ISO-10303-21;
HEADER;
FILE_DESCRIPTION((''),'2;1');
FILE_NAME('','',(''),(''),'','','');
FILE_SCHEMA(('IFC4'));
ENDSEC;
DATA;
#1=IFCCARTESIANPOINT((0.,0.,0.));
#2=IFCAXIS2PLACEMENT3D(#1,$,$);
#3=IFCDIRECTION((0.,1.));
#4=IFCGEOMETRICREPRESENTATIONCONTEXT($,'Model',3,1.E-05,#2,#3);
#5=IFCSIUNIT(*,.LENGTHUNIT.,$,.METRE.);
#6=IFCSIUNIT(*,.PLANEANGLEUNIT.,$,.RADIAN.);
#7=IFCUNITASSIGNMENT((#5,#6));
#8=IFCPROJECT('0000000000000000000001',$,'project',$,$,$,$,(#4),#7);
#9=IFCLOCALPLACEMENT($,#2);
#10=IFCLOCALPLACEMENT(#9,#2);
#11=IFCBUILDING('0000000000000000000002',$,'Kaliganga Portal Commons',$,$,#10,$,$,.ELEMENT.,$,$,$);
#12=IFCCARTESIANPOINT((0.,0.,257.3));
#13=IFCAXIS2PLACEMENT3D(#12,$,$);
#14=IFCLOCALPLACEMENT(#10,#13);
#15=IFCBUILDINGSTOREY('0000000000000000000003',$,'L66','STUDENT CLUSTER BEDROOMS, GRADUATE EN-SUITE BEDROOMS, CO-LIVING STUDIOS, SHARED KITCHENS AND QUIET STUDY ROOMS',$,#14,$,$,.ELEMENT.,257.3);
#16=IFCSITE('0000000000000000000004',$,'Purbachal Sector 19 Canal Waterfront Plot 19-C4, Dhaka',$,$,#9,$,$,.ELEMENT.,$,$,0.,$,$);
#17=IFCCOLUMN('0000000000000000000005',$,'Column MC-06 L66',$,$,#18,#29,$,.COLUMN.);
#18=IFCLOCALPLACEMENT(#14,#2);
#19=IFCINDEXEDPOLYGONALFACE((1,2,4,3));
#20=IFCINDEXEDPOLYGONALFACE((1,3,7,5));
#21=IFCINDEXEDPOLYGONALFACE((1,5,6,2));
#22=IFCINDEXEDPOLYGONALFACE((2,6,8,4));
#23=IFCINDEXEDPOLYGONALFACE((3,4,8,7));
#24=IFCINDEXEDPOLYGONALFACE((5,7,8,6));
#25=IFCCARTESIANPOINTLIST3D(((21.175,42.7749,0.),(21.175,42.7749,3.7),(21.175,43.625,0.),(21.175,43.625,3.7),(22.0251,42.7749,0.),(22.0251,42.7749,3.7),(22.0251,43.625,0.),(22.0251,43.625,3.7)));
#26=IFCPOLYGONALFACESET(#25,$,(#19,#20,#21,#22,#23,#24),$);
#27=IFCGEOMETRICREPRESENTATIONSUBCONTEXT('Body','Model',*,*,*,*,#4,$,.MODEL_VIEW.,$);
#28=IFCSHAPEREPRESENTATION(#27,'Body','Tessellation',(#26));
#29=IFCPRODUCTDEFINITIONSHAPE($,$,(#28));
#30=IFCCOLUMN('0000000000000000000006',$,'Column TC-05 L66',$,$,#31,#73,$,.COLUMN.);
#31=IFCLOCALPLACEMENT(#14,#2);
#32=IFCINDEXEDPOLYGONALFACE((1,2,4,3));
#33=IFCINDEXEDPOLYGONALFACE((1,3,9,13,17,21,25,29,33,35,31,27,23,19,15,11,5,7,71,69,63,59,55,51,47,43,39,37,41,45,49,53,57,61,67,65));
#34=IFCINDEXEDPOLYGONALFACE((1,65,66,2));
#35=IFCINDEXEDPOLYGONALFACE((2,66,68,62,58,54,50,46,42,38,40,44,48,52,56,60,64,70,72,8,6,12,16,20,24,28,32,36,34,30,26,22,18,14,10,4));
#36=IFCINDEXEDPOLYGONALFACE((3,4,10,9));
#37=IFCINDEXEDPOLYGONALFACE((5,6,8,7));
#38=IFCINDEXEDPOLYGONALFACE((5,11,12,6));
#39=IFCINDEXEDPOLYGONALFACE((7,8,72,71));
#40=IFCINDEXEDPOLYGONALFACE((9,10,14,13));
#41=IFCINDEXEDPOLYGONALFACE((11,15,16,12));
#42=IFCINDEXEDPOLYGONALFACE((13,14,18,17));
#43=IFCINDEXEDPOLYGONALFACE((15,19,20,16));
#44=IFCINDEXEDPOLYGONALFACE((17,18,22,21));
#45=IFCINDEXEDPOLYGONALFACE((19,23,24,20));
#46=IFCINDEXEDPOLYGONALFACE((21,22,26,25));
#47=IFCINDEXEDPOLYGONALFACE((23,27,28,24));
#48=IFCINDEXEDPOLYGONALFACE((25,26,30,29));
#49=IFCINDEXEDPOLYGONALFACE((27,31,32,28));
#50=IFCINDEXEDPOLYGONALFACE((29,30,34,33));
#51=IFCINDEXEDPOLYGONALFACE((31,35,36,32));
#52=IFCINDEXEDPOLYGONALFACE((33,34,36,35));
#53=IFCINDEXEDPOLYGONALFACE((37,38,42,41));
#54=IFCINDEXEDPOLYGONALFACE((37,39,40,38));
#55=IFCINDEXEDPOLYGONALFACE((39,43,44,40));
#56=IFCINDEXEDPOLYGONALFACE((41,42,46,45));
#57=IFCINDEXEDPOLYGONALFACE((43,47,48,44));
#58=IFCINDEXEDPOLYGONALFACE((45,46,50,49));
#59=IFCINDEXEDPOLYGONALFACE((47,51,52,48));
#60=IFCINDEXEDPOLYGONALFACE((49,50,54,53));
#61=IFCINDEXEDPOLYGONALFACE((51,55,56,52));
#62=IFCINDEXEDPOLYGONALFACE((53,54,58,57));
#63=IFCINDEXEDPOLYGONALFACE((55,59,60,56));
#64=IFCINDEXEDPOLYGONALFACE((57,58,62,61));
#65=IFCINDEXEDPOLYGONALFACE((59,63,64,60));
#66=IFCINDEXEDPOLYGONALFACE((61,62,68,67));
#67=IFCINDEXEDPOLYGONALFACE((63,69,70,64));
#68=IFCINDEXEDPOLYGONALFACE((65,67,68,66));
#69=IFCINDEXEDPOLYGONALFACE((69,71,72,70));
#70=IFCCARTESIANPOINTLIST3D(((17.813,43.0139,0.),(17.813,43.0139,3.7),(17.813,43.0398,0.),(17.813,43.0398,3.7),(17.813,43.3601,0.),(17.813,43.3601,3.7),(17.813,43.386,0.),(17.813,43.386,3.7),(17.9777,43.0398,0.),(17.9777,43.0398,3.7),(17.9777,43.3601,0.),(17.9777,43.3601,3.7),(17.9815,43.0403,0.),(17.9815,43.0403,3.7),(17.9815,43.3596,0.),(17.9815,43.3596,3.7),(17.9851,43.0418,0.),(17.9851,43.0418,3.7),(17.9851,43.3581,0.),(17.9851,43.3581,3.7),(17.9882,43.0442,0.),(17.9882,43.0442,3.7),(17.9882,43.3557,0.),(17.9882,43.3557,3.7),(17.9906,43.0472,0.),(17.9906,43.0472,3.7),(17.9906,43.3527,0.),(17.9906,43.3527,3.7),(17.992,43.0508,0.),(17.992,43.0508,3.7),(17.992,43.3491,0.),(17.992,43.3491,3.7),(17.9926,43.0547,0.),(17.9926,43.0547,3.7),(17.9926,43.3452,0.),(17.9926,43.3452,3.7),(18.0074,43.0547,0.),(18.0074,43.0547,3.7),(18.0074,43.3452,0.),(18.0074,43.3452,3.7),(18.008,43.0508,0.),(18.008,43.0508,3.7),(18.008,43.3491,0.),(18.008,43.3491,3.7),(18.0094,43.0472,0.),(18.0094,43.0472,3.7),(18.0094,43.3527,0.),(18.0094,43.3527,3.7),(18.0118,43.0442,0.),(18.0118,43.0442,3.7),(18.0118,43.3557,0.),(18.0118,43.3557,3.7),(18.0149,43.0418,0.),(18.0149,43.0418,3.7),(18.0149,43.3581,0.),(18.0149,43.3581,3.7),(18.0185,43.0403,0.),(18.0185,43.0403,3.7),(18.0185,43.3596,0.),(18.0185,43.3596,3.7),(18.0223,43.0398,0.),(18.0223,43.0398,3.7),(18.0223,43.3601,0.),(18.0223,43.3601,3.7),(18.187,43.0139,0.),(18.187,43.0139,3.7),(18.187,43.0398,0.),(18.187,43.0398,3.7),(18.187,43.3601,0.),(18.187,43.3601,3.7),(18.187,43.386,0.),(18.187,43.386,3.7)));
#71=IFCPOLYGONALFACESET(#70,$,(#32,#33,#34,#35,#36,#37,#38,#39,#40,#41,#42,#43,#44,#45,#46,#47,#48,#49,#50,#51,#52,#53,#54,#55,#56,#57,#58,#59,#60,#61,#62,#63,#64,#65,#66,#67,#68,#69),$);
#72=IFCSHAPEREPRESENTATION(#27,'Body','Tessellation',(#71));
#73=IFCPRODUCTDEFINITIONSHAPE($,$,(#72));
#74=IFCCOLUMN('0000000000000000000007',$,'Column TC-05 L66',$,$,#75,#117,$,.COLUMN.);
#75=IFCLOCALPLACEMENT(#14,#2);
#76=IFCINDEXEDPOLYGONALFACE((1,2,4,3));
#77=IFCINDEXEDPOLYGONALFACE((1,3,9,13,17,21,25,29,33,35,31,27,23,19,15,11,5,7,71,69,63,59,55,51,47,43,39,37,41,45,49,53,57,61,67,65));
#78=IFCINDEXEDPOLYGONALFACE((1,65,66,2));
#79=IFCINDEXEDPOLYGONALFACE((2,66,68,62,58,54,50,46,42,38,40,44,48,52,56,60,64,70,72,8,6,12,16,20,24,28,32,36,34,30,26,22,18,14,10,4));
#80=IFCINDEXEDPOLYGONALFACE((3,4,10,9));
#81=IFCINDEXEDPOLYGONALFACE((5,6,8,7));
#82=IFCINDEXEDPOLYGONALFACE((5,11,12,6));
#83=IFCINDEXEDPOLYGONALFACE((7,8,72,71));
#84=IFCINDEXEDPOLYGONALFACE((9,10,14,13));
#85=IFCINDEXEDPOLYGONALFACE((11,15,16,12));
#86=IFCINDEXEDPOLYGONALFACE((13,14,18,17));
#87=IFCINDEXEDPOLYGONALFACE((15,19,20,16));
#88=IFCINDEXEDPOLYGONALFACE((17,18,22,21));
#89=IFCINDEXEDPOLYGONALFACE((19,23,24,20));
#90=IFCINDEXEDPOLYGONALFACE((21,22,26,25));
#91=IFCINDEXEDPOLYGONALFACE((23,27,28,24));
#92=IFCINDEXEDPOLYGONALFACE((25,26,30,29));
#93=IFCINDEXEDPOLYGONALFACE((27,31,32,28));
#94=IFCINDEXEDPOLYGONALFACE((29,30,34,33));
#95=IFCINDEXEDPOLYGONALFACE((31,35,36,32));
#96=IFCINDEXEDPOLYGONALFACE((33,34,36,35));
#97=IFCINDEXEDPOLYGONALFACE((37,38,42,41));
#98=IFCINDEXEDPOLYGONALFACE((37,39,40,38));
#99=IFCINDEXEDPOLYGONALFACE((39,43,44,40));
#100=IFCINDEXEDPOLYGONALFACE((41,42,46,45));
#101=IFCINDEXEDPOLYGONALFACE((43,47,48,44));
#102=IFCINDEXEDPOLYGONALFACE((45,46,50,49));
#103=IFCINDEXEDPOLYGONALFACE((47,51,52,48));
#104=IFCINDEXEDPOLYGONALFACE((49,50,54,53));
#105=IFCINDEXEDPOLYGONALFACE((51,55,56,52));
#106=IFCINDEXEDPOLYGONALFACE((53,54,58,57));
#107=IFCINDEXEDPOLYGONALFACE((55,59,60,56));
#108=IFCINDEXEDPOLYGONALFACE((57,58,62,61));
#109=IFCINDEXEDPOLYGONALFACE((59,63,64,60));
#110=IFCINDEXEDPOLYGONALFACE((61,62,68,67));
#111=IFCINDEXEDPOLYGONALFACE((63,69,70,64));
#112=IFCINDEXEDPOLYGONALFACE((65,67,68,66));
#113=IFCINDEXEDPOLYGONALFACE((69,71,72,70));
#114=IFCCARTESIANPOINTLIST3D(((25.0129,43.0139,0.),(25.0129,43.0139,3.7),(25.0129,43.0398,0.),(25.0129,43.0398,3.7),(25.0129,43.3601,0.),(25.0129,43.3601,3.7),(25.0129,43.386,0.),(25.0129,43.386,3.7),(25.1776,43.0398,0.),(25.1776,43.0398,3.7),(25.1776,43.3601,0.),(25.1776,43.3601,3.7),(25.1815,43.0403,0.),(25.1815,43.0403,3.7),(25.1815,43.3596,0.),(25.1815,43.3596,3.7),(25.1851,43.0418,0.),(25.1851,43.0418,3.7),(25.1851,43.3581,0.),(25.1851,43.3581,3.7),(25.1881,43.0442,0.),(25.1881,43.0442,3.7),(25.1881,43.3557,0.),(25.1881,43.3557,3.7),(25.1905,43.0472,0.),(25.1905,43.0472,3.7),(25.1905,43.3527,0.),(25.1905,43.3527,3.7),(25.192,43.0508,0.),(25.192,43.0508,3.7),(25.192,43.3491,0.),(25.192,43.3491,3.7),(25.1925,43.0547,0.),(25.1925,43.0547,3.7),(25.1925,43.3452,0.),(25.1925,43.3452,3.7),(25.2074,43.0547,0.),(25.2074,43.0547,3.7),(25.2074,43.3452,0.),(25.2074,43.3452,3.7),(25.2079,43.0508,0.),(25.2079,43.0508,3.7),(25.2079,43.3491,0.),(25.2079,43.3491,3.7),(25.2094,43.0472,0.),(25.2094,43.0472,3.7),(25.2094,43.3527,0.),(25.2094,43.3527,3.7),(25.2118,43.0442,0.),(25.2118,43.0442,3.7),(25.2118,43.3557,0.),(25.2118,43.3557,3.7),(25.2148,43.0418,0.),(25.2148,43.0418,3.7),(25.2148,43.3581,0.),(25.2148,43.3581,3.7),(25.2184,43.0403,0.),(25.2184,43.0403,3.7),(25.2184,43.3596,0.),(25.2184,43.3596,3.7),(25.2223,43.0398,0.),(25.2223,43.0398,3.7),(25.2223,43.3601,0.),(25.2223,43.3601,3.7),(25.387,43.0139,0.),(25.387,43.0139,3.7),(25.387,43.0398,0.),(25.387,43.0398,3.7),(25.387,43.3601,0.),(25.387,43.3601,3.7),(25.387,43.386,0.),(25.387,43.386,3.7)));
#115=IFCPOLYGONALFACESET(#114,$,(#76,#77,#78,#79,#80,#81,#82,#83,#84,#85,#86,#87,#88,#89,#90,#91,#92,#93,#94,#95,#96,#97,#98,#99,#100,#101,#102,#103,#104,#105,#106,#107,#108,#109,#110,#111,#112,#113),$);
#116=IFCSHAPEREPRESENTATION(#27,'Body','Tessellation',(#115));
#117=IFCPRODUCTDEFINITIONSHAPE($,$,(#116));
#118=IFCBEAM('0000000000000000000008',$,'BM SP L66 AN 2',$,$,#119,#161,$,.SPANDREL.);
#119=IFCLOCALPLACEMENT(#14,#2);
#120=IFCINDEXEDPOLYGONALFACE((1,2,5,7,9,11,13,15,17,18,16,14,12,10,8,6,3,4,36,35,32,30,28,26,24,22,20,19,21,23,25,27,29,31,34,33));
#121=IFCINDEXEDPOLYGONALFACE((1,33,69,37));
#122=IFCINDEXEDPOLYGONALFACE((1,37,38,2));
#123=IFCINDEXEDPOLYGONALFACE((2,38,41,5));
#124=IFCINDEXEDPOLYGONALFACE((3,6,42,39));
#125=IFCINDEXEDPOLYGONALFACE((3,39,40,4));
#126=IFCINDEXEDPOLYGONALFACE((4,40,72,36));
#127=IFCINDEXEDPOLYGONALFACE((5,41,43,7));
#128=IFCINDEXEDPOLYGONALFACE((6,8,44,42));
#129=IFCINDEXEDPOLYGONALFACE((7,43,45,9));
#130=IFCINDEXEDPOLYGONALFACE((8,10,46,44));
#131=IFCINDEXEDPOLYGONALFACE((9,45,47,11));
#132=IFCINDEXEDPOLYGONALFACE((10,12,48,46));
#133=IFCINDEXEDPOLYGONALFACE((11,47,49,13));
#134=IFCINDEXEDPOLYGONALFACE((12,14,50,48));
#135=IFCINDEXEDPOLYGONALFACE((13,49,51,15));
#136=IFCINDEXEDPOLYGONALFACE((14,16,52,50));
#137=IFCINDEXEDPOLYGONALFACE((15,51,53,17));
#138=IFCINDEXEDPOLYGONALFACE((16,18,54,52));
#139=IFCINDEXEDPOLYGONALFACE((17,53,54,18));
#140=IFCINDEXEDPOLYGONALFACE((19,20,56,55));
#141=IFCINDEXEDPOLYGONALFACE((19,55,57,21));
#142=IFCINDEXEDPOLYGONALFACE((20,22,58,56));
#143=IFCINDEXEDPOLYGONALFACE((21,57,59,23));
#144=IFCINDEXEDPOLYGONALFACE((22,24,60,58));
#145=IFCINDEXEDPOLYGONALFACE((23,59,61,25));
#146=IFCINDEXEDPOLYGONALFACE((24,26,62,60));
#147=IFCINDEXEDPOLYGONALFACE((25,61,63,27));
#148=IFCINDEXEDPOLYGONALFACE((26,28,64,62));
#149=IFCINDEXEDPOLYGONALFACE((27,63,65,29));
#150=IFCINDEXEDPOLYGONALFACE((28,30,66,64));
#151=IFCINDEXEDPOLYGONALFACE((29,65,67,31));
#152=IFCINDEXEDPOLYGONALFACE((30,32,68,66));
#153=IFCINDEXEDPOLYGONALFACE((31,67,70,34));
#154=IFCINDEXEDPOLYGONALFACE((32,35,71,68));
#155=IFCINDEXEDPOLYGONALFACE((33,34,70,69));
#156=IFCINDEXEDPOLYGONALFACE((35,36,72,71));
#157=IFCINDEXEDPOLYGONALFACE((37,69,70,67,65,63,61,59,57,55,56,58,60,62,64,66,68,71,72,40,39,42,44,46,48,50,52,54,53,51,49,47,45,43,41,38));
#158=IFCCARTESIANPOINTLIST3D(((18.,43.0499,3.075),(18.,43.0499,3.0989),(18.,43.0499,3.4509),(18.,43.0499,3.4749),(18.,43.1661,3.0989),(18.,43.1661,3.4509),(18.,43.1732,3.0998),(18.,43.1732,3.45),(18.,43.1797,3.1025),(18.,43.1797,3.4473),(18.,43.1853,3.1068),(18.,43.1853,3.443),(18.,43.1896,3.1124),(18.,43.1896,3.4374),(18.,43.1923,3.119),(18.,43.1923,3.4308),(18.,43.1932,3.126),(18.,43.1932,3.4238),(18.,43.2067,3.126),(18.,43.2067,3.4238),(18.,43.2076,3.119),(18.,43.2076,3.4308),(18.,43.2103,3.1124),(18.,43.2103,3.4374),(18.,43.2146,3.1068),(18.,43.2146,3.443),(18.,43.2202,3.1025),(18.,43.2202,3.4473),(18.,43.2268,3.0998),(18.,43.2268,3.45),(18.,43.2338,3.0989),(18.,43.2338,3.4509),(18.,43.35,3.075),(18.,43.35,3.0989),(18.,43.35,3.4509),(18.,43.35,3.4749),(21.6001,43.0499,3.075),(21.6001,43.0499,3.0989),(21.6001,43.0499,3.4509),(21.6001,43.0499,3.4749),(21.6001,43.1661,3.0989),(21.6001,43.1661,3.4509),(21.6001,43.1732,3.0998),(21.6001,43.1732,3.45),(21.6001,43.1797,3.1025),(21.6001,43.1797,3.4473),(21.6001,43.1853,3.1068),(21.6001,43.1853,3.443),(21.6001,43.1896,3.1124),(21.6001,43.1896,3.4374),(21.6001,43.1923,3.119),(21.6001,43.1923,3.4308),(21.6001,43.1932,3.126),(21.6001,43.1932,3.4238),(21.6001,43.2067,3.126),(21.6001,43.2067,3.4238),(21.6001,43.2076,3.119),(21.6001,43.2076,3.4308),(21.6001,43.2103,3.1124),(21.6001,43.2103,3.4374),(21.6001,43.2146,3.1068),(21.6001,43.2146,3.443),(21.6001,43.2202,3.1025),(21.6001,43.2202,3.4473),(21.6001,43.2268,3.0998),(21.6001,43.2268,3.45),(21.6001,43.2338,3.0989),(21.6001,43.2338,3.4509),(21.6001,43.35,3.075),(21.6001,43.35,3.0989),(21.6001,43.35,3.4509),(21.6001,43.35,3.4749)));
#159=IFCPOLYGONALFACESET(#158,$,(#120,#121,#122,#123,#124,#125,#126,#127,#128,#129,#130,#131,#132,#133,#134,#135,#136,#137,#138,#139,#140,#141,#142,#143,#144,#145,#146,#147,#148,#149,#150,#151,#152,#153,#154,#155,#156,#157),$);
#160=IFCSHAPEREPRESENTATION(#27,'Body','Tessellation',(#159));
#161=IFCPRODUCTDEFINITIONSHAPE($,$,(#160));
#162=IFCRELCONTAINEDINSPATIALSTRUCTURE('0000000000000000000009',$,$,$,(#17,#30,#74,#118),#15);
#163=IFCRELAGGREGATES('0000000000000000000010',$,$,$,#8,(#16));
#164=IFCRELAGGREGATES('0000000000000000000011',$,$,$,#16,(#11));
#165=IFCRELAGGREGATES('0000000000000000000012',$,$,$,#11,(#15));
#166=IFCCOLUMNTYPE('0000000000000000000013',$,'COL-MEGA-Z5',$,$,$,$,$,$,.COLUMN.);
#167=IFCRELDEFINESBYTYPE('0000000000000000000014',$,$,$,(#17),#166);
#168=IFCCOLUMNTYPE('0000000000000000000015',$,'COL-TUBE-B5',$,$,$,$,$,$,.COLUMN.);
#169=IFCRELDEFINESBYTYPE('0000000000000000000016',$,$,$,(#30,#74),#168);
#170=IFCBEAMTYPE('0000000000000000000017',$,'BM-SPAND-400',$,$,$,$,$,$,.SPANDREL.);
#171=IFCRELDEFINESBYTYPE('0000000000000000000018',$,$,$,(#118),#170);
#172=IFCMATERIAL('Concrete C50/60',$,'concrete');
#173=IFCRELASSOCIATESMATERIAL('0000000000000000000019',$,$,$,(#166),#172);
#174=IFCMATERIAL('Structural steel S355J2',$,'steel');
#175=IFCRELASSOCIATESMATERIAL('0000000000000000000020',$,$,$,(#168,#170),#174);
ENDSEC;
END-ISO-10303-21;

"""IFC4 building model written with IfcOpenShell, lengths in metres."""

from ifc_helpers import new_model, si_unit, direction, frame, origin, origin_2d, place, context, subcontext, project, spatial, rectangle, i_section, extrude, source, transform, mapped, material, material_profile, profile_set, type_object, element, save


model = new_model("IFC4")

# Units and contexts
model_context = context("Model", 3, precision=1e-05, world=origin(), true_north=direction((0.0, 1.0)))
body_context = subcontext(model_context, "Body", "Model", "MODEL_VIEW")
ifc_project = project(units=[si_unit("LENGTHUNIT", "METRE"), si_unit("PLANEANGLEUNIT", "RADIAN")], contexts=[model_context])

# Site, building, storey
site_placement = place(None, origin())
site = spatial("IfcSite", under=ifc_project, at=site_placement, Name="Purbachal Sector 19 Canal Waterfront Plot 19-C4, Dhaka", CompositionType="ELEMENT", RefElevation=0.0)
building_placement = place(site_placement, origin())
building = spatial("IfcBuilding", under=site, at=building_placement, Name="Kaliganga Portal Commons", CompositionType="ELEMENT")
storey_placement = place(building_placement, frame((0.0, 0.0, 257.3)))
storey = spatial("IfcBuildingStorey", under=building, at=storey_placement, Name="L66", Description="STUDENT CLUSTER BEDROOMS, GRADUATE EN-SUITE BEDROOMS, CO-LIVING STUDIOS, SHARED KITCHENS AND QUIET STUDY ROOMS", CompositionType="ELEMENT", Elevation=257.3)

# Columns
ifc_material_1 = material(Name="Concrete C50/60", Category="concrete")
ifc_material_profile_1 = material_profile(ifc_material_1, rectangle(XDim=0.8501, YDim=0.8501, at=origin_2d()), Name="RC 850x850")
ifc_profile_set_1 = profile_set([ifc_material_profile_1], Name="Concrete C50/60")
column_type_1 = type_object("IfcColumnType", Name="COL-MEGA-Z5", PredefinedType="COLUMN", material=ifc_profile_set_1)
shared_shape_1 = source(origin(), body_context, "Body", "SweptSolid", [
    extrude(rectangle(XDim=0.8501, YDim=0.8501, at=origin_2d()), origin(), (0.0, 0.0, 1.0), 3.7),
])
column_placement = place(storey_placement, frame((21.6001, 43.2, 0.0), z_axis=(0.0, 0.0, 1.0), x_axis=(1.0, 0.0, 0.0)))
element("IfcColumn", 1, at=column_placement, inside=storey, type_object=column_type_1, Name="Column MC-06 L66", PredefinedType="COLUMN", context=body_context, shape_type="MappedRepresentation", body=[
    mapped(shared_shape_1, transform((0.0, 0.0, 0.0), x_axis=(1.0, 0.0, 0.0), y_axis=(0.0, 1.0, 0.0), z_axis=(0.0, 0.0, 1.0), scale=1.0)),
])
ifc_material_2 = material(Name="Structural steel S355J2", Category="steel")
ifc_material_profile_2 = material_profile(ifc_material_2, i_section(OverallWidth=0.374, OverallDepth=0.3721, WebThickness=0.0149, FlangeThickness=0.0259, FilletRadius=0.0149, at=origin_2d()), Name="HD 360x196")
ifc_profile_set_2 = profile_set([ifc_material_profile_2], Name="Structural steel S355J2 wide-flange")
column_type_2 = type_object("IfcColumnType", Name="COL-TUBE-B5", PredefinedType="COLUMN", material=ifc_profile_set_2)
shared_shape_2 = source(origin(), body_context, "Body", "SweptSolid", [
    extrude(i_section(OverallWidth=0.374, OverallDepth=0.3721, WebThickness=0.0149, FlangeThickness=0.0259, FilletRadius=0.0149, at=origin_2d()), origin(), (0.0, 0.0, 1.0), 3.7),
])
for number, where, z_axis, x_axis, name in (
    (2, (18.0, 43.2, 0.0), (0.0, 0.0, 1.0), (1.0, 0.0, 0.0), "Column TC-05 L66"),
    (3, (25.2, 43.2, 0.0), (0.0, 0.0, 1.0), (1.0, 0.0, 0.0), "Column TC-05 L66"),
):
    element("IfcColumn", number, at=place(storey_placement, frame(where, z_axis=z_axis, x_axis=x_axis)), inside=storey, type_object=column_type_2, Name=name, PredefinedType="COLUMN", context=body_context, shape_type="MappedRepresentation", body=[
        mapped(shared_shape_2, transform((0.0, 0.0, 0.0), x_axis=(1.0, 0.0, 0.0), y_axis=(0.0, 1.0, 0.0), z_axis=(0.0, 0.0, 1.0), scale=1.0)),
    ])

# Beam
ifc_material_profile_3 = material_profile(ifc_material_2, i_section(OverallWidth=0.3, OverallDepth=0.3999, WebThickness=0.0134, FlangeThickness=0.0239, FilletRadius=0.0271, at=origin_2d()), Name="HE 400 B")
ifc_profile_set_3 = profile_set([ifc_material_profile_3], Name="Structural steel S355J2 wide-flange")
beam_type_1 = type_object("IfcBeamType", Name="BM-SPAND-400", PredefinedType="SPANDREL", material=ifc_profile_set_3)
shared_shape_3 = source(origin(), body_context, "Body", "SweptSolid", [
    extrude(i_section(OverallWidth=0.3, OverallDepth=0.3999, WebThickness=0.0134, FlangeThickness=0.0239, FilletRadius=0.0271, at=origin_2d()), origin(), (0.0, 0.0, 1.0), 3.6001),
])
for number, where, z_axis, x_axis, name in (
    (4, (18.0, 43.2, 3.2749), (1.0, 0.0, 0.0), (0.0, 1.0, 0.0), "BM SP L66 AN 2"),
):
    element("IfcBeam", number, at=place(storey_placement, frame(where, z_axis=z_axis, x_axis=x_axis)), inside=storey, type_object=beam_type_1, Name=name, PredefinedType="SPANDREL", context=body_context, shape_type="MappedRepresentation", body=[
        mapped(shared_shape_3, transform((0.0, 0.0, 0.0), x_axis=(1.0, 0.0, 0.0), y_axis=(0.0, 1.0, 0.0), z_axis=(0.0, 0.0, 1.0), scale=1.0)),
    ])

save(model, "model.ifc")
